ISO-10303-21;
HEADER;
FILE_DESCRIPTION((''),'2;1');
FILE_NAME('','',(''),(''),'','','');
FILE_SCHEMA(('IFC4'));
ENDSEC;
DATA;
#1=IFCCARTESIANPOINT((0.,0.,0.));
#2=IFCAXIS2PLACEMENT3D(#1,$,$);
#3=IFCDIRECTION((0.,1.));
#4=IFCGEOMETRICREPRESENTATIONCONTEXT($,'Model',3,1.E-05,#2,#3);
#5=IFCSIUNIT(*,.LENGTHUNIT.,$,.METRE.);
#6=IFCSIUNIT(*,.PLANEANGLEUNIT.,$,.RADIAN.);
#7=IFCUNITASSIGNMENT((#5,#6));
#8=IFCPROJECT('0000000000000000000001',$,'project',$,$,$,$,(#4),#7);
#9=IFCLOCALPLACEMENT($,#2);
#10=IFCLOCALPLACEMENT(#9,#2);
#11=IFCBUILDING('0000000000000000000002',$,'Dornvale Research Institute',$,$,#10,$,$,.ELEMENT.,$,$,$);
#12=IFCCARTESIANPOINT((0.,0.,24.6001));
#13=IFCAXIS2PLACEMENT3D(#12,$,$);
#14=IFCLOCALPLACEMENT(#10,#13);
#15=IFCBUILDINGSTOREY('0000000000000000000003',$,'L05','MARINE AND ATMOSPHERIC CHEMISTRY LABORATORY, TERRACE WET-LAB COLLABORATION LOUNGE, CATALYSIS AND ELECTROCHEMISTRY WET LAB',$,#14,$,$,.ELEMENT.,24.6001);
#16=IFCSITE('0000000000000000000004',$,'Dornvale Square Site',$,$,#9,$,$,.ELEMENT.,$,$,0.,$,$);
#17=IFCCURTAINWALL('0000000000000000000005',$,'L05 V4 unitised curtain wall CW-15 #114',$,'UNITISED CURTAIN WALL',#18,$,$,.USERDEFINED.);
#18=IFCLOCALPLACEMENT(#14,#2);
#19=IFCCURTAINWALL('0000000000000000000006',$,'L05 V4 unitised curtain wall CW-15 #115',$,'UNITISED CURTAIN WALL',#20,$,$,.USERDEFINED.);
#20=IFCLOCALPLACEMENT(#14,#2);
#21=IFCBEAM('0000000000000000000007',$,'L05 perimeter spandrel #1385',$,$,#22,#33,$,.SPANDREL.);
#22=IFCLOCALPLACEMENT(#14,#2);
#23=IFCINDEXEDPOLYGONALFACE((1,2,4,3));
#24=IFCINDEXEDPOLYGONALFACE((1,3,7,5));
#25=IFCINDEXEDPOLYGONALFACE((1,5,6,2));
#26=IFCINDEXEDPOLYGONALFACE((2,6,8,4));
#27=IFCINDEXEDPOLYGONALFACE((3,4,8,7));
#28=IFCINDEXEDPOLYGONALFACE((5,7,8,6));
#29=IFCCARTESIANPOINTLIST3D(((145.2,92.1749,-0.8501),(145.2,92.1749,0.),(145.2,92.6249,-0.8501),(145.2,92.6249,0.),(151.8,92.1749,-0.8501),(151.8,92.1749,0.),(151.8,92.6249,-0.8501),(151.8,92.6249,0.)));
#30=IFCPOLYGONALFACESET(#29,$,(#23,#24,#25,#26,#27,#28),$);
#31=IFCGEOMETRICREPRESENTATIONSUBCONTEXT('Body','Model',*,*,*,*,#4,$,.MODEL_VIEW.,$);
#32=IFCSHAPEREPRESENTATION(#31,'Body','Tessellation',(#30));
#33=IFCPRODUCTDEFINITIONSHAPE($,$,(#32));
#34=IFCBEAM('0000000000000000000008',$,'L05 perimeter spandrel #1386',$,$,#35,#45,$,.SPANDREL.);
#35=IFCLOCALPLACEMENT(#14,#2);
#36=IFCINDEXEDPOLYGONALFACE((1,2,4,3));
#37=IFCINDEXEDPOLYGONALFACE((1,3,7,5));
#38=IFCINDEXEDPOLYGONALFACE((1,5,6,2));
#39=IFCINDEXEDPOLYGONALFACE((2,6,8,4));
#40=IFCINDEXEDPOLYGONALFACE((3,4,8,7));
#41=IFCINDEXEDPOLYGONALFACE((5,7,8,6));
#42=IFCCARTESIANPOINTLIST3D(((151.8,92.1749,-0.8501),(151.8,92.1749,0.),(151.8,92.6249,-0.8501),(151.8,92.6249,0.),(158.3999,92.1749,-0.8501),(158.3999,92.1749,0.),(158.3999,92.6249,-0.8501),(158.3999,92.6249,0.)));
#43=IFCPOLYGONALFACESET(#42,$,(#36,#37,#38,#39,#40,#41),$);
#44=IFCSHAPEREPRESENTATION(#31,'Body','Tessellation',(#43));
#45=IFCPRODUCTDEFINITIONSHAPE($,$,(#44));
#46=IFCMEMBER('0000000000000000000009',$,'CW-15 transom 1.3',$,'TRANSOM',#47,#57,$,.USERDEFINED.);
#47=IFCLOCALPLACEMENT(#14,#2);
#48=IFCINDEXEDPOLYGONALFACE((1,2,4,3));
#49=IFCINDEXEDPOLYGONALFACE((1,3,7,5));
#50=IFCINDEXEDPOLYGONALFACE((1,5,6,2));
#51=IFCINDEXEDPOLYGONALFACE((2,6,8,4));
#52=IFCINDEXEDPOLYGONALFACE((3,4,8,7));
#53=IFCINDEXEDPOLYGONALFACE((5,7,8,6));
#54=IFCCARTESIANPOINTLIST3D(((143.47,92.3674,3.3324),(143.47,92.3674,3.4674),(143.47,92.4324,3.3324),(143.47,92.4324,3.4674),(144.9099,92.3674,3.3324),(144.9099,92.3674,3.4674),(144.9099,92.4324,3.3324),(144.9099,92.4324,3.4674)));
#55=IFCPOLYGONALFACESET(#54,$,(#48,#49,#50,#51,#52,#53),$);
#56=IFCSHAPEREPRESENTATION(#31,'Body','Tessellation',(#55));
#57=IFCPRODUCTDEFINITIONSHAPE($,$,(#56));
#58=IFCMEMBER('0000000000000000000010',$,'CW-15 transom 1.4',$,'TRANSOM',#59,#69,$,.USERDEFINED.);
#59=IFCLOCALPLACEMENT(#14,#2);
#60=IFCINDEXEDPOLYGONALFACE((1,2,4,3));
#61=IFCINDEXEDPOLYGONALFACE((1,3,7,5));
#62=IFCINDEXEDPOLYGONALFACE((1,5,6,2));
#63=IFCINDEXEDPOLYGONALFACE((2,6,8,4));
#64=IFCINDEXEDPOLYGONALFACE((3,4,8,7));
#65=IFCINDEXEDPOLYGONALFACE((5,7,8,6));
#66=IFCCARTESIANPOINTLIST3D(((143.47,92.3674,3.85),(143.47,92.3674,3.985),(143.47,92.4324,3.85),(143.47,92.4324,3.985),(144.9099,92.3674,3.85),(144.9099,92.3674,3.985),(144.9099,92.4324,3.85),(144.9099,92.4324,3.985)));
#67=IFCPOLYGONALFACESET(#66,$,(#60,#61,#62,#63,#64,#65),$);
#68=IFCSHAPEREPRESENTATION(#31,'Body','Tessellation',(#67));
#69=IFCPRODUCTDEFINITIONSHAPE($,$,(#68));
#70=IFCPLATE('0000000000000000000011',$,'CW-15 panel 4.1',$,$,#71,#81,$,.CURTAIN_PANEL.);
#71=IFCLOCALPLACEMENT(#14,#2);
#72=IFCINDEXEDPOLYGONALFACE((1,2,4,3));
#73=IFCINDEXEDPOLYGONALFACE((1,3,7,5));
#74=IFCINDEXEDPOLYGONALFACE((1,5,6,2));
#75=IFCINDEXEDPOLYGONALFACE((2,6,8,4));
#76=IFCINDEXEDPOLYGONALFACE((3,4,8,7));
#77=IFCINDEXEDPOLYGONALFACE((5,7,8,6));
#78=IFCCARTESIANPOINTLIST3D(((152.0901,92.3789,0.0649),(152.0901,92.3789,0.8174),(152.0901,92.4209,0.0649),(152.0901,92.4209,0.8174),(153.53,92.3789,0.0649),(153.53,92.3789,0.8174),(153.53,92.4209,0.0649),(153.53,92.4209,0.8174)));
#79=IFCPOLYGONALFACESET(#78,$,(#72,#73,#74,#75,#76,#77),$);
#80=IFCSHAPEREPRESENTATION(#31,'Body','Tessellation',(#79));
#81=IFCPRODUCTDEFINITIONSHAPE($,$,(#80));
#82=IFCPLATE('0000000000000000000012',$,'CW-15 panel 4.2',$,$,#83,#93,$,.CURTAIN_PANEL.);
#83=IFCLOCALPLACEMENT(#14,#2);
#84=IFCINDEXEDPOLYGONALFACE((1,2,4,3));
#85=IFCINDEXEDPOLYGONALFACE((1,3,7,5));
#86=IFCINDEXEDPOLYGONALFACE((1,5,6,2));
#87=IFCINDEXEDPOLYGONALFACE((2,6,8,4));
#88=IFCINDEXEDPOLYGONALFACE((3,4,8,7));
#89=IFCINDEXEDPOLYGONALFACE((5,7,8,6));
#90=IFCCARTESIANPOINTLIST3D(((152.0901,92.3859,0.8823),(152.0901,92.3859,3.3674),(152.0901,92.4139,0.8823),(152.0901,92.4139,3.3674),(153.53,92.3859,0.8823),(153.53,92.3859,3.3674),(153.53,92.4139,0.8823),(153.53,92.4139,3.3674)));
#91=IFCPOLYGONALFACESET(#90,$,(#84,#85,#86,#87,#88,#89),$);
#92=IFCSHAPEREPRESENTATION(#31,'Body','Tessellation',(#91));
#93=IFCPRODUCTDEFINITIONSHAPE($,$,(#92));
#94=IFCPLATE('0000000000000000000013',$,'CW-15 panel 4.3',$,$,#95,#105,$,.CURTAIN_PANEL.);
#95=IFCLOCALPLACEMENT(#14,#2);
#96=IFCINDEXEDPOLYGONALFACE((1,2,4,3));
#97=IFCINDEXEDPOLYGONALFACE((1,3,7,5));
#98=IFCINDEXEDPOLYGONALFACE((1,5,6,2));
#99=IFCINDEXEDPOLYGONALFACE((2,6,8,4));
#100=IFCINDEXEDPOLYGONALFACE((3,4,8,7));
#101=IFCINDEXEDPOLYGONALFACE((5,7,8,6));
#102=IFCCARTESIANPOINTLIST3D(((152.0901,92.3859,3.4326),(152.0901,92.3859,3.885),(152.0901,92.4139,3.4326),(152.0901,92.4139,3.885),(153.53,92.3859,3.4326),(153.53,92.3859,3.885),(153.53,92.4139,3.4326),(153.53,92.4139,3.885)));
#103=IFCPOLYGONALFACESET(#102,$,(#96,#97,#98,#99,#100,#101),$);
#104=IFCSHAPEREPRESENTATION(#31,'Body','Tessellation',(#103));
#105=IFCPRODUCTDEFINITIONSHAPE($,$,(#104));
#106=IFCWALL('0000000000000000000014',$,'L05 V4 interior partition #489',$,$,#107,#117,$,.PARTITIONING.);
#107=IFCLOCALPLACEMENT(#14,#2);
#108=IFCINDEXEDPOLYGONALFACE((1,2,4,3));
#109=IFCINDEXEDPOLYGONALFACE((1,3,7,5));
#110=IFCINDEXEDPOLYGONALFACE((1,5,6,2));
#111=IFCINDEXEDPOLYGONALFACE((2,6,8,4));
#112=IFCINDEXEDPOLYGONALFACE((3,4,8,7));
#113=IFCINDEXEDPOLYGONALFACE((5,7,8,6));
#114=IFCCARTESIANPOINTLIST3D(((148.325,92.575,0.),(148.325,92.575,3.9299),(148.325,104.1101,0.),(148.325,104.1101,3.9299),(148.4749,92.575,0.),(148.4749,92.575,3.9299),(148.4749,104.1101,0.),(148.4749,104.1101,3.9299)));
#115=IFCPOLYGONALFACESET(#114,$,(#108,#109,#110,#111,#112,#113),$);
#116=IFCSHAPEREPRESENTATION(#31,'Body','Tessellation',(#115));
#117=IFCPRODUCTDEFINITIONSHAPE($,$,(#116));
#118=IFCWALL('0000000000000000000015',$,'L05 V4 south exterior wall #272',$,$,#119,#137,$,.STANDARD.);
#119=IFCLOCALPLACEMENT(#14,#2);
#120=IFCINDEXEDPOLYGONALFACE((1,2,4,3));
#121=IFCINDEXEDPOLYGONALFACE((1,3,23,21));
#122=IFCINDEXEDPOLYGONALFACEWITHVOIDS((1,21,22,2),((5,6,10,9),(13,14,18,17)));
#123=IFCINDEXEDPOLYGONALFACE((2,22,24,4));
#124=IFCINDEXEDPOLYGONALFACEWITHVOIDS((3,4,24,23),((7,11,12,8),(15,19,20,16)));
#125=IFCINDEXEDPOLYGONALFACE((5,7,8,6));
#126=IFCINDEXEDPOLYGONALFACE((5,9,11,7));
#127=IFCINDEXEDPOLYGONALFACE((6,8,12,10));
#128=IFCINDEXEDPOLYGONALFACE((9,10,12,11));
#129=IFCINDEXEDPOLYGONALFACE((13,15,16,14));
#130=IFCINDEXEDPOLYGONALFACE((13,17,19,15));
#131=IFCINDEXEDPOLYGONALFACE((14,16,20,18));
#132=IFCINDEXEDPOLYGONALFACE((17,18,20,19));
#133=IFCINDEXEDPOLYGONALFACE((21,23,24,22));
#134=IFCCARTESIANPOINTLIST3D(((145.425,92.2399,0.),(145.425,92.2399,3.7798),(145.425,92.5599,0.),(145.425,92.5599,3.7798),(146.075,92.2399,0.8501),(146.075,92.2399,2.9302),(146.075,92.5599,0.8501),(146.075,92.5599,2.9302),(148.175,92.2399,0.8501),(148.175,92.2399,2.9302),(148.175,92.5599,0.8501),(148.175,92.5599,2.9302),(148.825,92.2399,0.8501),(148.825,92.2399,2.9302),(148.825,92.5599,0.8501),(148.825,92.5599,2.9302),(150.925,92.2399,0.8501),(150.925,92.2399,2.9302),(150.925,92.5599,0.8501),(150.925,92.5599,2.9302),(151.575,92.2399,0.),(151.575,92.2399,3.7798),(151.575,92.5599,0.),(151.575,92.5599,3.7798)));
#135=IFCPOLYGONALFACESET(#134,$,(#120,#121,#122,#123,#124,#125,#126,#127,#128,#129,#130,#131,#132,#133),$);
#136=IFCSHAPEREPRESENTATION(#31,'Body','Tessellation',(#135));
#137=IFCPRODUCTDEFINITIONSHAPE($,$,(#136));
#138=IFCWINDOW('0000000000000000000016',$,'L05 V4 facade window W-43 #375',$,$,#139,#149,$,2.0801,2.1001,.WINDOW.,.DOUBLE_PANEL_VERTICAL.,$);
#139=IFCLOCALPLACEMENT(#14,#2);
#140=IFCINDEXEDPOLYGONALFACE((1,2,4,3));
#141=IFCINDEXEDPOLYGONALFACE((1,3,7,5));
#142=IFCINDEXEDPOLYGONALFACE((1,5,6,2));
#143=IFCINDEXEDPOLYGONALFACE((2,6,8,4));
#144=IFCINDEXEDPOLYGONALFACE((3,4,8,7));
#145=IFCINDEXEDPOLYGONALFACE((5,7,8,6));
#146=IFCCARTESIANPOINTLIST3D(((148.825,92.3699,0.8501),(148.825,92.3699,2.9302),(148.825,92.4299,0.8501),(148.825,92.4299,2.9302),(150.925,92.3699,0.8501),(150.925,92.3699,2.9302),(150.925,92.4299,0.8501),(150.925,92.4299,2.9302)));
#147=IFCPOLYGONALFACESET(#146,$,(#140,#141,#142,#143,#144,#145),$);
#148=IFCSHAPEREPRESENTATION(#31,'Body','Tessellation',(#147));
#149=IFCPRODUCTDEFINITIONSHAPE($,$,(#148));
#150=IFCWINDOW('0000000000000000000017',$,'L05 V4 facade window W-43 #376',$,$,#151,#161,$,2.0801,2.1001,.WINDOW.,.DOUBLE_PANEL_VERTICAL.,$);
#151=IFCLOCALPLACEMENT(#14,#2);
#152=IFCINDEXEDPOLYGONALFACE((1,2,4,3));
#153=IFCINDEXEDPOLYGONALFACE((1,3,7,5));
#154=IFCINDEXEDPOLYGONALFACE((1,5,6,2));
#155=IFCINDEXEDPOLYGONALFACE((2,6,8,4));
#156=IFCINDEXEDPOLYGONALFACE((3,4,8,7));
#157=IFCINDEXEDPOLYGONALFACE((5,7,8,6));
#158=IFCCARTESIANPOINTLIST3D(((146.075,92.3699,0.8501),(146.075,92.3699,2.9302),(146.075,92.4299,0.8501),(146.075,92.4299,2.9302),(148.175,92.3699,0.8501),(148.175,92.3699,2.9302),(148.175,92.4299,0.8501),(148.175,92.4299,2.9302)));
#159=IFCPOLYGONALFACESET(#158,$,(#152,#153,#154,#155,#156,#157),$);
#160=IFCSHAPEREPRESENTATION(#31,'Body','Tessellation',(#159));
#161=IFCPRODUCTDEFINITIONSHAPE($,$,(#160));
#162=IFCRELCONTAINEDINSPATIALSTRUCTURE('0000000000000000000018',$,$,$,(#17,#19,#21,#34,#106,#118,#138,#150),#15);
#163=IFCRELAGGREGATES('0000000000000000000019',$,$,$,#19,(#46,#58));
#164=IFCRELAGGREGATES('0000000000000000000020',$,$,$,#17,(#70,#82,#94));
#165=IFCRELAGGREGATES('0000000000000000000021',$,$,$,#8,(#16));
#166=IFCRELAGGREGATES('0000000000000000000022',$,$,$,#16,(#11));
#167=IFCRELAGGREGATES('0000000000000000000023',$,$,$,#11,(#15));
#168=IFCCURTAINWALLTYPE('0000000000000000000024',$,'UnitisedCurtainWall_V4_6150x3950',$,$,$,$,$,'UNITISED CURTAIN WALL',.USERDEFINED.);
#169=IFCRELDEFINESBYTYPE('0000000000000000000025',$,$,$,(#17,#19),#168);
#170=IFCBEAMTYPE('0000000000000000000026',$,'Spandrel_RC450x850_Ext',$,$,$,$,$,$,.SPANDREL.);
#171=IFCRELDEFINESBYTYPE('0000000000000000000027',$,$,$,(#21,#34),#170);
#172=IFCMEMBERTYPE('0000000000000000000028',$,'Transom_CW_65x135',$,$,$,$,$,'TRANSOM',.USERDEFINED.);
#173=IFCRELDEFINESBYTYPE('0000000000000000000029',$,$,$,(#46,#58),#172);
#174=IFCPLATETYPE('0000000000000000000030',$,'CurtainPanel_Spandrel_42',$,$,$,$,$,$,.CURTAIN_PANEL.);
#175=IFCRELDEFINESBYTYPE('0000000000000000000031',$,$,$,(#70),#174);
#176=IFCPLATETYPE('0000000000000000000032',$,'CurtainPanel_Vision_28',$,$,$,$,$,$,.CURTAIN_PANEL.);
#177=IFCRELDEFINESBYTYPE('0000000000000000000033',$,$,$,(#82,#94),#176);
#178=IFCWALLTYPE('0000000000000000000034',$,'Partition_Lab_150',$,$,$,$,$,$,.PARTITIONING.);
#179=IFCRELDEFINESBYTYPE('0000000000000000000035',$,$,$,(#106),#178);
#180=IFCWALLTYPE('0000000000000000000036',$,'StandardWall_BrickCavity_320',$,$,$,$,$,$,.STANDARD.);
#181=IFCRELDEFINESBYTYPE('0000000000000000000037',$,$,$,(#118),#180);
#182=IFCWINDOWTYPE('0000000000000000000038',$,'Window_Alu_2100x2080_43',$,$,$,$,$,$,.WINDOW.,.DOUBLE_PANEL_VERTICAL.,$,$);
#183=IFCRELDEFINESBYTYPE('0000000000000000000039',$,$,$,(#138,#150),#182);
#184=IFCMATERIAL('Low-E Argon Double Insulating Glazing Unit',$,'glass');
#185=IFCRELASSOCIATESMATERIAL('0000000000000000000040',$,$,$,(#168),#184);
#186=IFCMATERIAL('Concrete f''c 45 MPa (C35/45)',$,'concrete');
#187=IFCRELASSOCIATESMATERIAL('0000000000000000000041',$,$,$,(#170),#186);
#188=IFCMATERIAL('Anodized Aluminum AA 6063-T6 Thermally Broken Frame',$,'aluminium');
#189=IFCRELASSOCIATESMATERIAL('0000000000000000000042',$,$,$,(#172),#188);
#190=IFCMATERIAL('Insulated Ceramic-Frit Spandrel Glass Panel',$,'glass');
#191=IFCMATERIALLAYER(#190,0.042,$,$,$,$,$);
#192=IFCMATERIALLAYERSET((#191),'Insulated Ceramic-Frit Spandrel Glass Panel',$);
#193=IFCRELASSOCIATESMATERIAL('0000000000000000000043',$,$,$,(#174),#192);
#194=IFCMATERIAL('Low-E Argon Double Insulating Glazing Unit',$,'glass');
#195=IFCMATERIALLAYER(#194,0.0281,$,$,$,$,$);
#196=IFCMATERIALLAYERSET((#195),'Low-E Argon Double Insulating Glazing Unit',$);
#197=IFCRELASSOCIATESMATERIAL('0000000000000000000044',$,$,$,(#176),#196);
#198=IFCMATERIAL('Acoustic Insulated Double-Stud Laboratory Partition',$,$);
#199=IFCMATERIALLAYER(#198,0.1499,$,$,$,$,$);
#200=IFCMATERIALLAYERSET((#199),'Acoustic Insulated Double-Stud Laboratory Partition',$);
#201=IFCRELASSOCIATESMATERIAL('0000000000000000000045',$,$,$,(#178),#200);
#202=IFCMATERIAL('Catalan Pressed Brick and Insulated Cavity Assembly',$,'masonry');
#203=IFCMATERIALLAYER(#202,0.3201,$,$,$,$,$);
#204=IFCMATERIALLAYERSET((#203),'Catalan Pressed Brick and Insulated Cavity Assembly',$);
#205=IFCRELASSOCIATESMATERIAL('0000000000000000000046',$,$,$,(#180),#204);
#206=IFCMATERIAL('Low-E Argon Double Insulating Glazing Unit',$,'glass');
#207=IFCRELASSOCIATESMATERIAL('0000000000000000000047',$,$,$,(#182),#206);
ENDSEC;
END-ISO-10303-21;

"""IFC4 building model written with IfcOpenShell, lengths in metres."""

from ifc_helpers import new_model, si_unit, direction, frame, frame_2d, origin, origin_2d, place, context, subcontext, project, spatial, rectangle, extrude, material, layer, layer_set, material_profile, profile_set, type_object, element, fill, aggregate, save


model = new_model("IFC4")

# Units and contexts
model_context = context("Model", 3, precision=1e-05, world=origin(), true_north=direction((0.0, 1.0)))
body_context = subcontext(model_context, "Body", "Model", "MODEL_VIEW")
ifc_project = project(units=[si_unit("LENGTHUNIT", "METRE"), si_unit("PLANEANGLEUNIT", "RADIAN")], contexts=[model_context])

# Site, building, storey
site_placement = place(None, origin())
site = spatial("IfcSite", under=ifc_project, at=site_placement, Name="Dornvale Square Site", CompositionType="ELEMENT", RefElevation=0.0)
building_placement = place(site_placement, origin())
building = spatial("IfcBuilding", under=site, at=building_placement, Name="Dornvale Research Institute", CompositionType="ELEMENT")
storey_placement = place(building_placement, frame((0.0, 0.0, 24.6001)))
storey = spatial("IfcBuildingStorey", under=building, at=storey_placement, Name="L05", Description="MARINE AND ATMOSPHERIC CHEMISTRY LABORATORY, TERRACE WET-LAB COLLABORATION LOUNGE, CATALYSIS AND ELECTROCHEMISTRY WET LAB", CompositionType="ELEMENT", Elevation=24.6001)

# Curtain walls
ifc_material_1 = material(Name="Low-E Argon Double Insulating Glazing Unit", Category="glass")
curtain_wall_type = type_object("IfcCurtainWallType", Name="UnitisedCurtainWall_V4_6150x3950", ElementType="UNITISED CURTAIN WALL", PredefinedType="USERDEFINED", material=ifc_material_1)
curtain_wall_1_placement = place(storey_placement, origin())
curtain_wall_1 = element("IfcCurtainWall", 1, at=curtain_wall_1_placement, inside=storey, type_object=curtain_wall_type, Name="L05 V4 unitised curtain wall CW-15 #114", ObjectType="UNITISED CURTAIN WALL", PredefinedType="USERDEFINED")
curtain_wall_2_placement = place(storey_placement, origin())
curtain_wall_2 = element("IfcCurtainWall", 2, at=curtain_wall_2_placement, inside=storey, type_object=curtain_wall_type, Name="L05 V4 unitised curtain wall CW-15 #115", ObjectType="UNITISED CURTAIN WALL", PredefinedType="USERDEFINED")

# Beams
ifc_material_2 = material(Name="Concrete f'c 45 MPa (C35/45)", Category="concrete")
ifc_material_profile_1 = material_profile(ifc_material_2, rectangle(XDim=0.45, YDim=0.8501, at=origin_2d()), Name="RC 450x850")
ifc_profile_set_1 = profile_set([ifc_material_profile_1], Name="Concrete f'c 45 MPa (C35/45)")
beam_type_1 = type_object("IfcBeamType", Name="Spandrel_RC450x850_Ext", PredefinedType="SPANDREL", material=ifc_profile_set_1)
beam_1_placement = place(storey_placement, frame((145.2, 92.3999, -0.425), z_axis=(1.0, 0.0, 0.0), x_axis=(0.0, 1.0, 0.0)))
element("IfcBeam", 3, at=beam_1_placement, inside=storey, type_object=beam_type_1, Name="L05 perimeter spandrel #1385", PredefinedType="SPANDREL", context=body_context, shape_type="SweptSolid", body=[
    extrude(rectangle(XDim=0.45, YDim=0.8501, at=origin_2d()), origin(), (0.0, 0.0, 1.0), 6.6001),
])
beam_2_placement = place(storey_placement, frame((151.8, 92.3999, -0.425), z_axis=(1.0, 0.0, 0.0), x_axis=(0.0, 1.0, 0.0)))
element("IfcBeam", 4, at=beam_2_placement, inside=storey, type_object=beam_type_1, Name="L05 perimeter spandrel #1386", PredefinedType="SPANDREL", context=body_context, shape_type="SweptSolid", body=[
    extrude(rectangle(XDim=0.45, YDim=0.8501, at=origin_2d()), origin(), (0.0, 0.0, 1.0), 6.5999),
])

# Members
ifc_material_3 = material(Name="Anodized Aluminum AA 6063-T6 Thermally Broken Frame", Category="aluminium")
ifc_material_profile_2 = material_profile(ifc_material_3, rectangle(XDim=0.0649, YDim=0.135, at=origin_2d()), Name="ALU TRANSOM 65x135")
ifc_profile_set_2 = profile_set([ifc_material_profile_2], Name="Anodized Aluminum AA 6063-T6 Thermally Broken Frame")
member_type_1 = type_object("IfcMemberType", Name="Transom_CW_65x135", ElementType="TRANSOM", PredefinedType="USERDEFINED", material=ifc_profile_set_2)
member_1_placement = place(storey_placement, frame((144.9099, 92.3999, 3.3999), z_axis=(-1.0, 0.0, 0.0), x_axis=(0.0, -1.0, 0.0)))
member_1 = element("IfcMember", 5, at=member_1_placement, type_object=member_type_1, Name="CW-15 transom 1.3", ObjectType="TRANSOM", PredefinedType="USERDEFINED", context=body_context, shape_type="SweptSolid", body=[
    extrude(rectangle(XDim=0.0649, YDim=0.135, at=origin_2d()), origin(), (0.0, 0.0, 1.0), 1.4399),
])
member_2_placement = place(storey_placement, frame((144.9099, 92.3999, 3.9175), z_axis=(-1.0, 0.0, 0.0), x_axis=(0.0, -1.0, 0.0)))
member_2 = element("IfcMember", 6, at=member_2_placement, type_object=member_type_1, Name="CW-15 transom 1.4", ObjectType="TRANSOM", PredefinedType="USERDEFINED", context=body_context, shape_type="SweptSolid", body=[
    extrude(rectangle(XDim=0.0649, YDim=0.135, at=origin_2d()), origin(), (0.0, 0.0, 1.0), 1.4399),
])
aggregate(curtain_wall_2, [member_1, member_2])

# Plates
ifc_material_4 = material(Name="Insulated Ceramic-Frit Spandrel Glass Panel", Category="glass")
ifc_layer_1 = layer(ifc_material_4, 0.042)
ifc_layer_set_1 = layer_set([ifc_layer_1], Name="Insulated Ceramic-Frit Spandrel Glass Panel")
plate_type_1 = type_object("IfcPlateType", Name="CurtainPanel_Spandrel_42", PredefinedType="CURTAIN_PANEL", material=ifc_layer_set_1)
plate_1_placement = place(storey_placement, frame((152.8101, 92.3999, 0.0649), z_axis=(0.0, 0.0, 1.0), x_axis=(-1.0, 0.0, 0.0)))
plate_1 = element("IfcPlate", 7, at=plate_1_placement, type_object=plate_type_1, Name="CW-15 panel 4.1", PredefinedType="CURTAIN_PANEL", context=body_context, shape_type="SweptSolid", body=[
    extrude(rectangle(XDim=1.4399, YDim=0.042, at=origin_2d()), origin(), (0.0, 0.0, 1.0), 0.7524),
])
ifc_material_5 = material(Name="Low-E Argon Double Insulating Glazing Unit", Category="glass")
ifc_layer_2 = layer(ifc_material_5, 0.0281)
ifc_layer_set_2 = layer_set([ifc_layer_2], Name="Low-E Argon Double Insulating Glazing Unit")
plate_type_2 = type_object("IfcPlateType", Name="CurtainPanel_Vision_28", PredefinedType="CURTAIN_PANEL", material=ifc_layer_set_2)
plate_2_placement = place(storey_placement, frame((152.8101, 92.3999, 0.8823), z_axis=(0.0, 0.0, 1.0), x_axis=(-1.0, 0.0, 0.0)))
plate_2 = element("IfcPlate", 8, at=plate_2_placement, type_object=plate_type_2, Name="CW-15 panel 4.2", PredefinedType="CURTAIN_PANEL", context=body_context, shape_type="SweptSolid", body=[
    extrude(rectangle(XDim=1.4399, YDim=0.0281, at=origin_2d()), origin(), (0.0, 0.0, 1.0), 2.4851),
])
plate_3_placement = place(storey_placement, frame((152.8101, 92.3999, 3.4326), z_axis=(0.0, 0.0, 1.0), x_axis=(-1.0, 0.0, 0.0)))
plate_3 = element("IfcPlate", 9, at=plate_3_placement, type_object=plate_type_2, Name="CW-15 panel 4.3", PredefinedType="CURTAIN_PANEL", context=body_context, shape_type="SweptSolid", body=[
    extrude(rectangle(XDim=1.4399, YDim=0.0281, at=origin_2d()), origin(), (0.0, 0.0, 1.0), 0.4524),
])
aggregate(curtain_wall_1, [plate_1, plate_2, plate_3])

# Wall
ifc_material_6 = material(Name="Acoustic Insulated Double-Stud Laboratory Partition")
ifc_layer_3 = layer(ifc_material_6, 0.1499)
ifc_layer_set_3 = layer_set([ifc_layer_3], Name="Acoustic Insulated Double-Stud Laboratory Partition")
wall_type_1 = type_object("IfcWallType", Name="Partition_Lab_150", PredefinedType="PARTITIONING", material=ifc_layer_set_3)
wall_1_placement = place(storey_placement, frame((148.3999, 92.575, 0.0), z_axis=(0.0, 0.0, 1.0), x_axis=(0.0, 1.0, 0.0)))
element("IfcWall", 10, at=wall_1_placement, inside=storey, type_object=wall_type_1, Name="L05 V4 interior partition #489", PredefinedType="PARTITIONING", context=body_context, shape_type="SweptSolid", body=[
    extrude(rectangle(XDim=11.5352, YDim=0.1499, at=frame_2d((5.7676, 0.0))), origin(), (0.0, 0.0, 1.0), 3.9299),
])

# Wall, openings, windows
ifc_material_7 = material(Name="Catalan Pressed Brick and Insulated Cavity Assembly", Category="masonry")
ifc_layer_4 = layer(ifc_material_7, 0.3201)
ifc_layer_set_4 = layer_set([ifc_layer_4], Name="Catalan Pressed Brick and Insulated Cavity Assembly")
wall_type_2 = type_object("IfcWallType", Name="StandardWall_BrickCavity_320", PredefinedType="STANDARD", material=ifc_layer_set_4)
wall_2_placement = place(storey_placement, frame((151.575, 92.3999, 0.0), z_axis=(0.0, 0.0, 1.0), x_axis=(-1.0, 0.0, 0.0)))
wall_2 = element("IfcWall", 11, at=wall_2_placement, inside=storey, type_object=wall_type_2, Name="L05 V4 south exterior wall #272", PredefinedType="STANDARD", context=body_context, shape_type="SweptSolid", body=[
    extrude(rectangle(XDim=6.1499, YDim=0.3201, at=frame_2d((3.075, 0.0))), origin(), (0.0, 0.0, 1.0), 3.7798),
])
opening_1_placement = place(wall_2_placement, frame((0.6499, 0.0, 0.8501)))
opening_1 = element("IfcOpeningElement", 12, at=opening_1_placement, cuts=wall_2, PredefinedType="OPENING", context=body_context, shape_type="SweptSolid", body=[
    extrude(rectangle(XDim=2.1001, YDim=2.0801, at=frame_2d((1.05, 1.04))), frame((0.0, 0.175, 0.0), z_axis=(0.0, -1.0, 0.0), x_axis=(1.0, 0.0, 0.0)), (0.0, 0.0, 1.0), 0.3501),
])
opening_2_placement = place(wall_2_placement, frame((3.3999, 0.0, 0.8501)))
opening_2 = element("IfcOpeningElement", 13, at=opening_2_placement, cuts=wall_2, PredefinedType="OPENING", context=body_context, shape_type="SweptSolid", body=[
    extrude(rectangle(XDim=2.1001, YDim=2.0801, at=frame_2d((1.05, 1.04))), frame((0.0, 0.175, 0.0), z_axis=(0.0, -1.0, 0.0), x_axis=(1.0, 0.0, 0.0)), (0.0, 0.0, 1.0), 0.3501),
])
ifc_material_8 = material(Name="Low-E Argon Double Insulating Glazing Unit", Category="glass")
window_type = type_object("IfcWindowType", Name="Window_Alu_2100x2080_43", PartitioningType="DOUBLE_PANEL_VERTICAL", PredefinedType="WINDOW", material=ifc_material_8)
window_1_placement = place(opening_1_placement, origin())
window_1 = element("IfcWindow", 14, at=window_1_placement, inside=storey, type_object=window_type, Name="L05 V4 facade window W-43 #375", OverallHeight=2.0801, OverallWidth=2.1001, PartitioningType="DOUBLE_PANEL_VERTICAL", PredefinedType="WINDOW", context=body_context, shape_type="SweptSolid", body=[
    extrude(rectangle(XDim=2.1001, YDim=2.0801, at=frame_2d((1.05, 1.04))), frame((0.0, 0.03, 0.0), z_axis=(0.0, -1.0, 0.0), x_axis=(1.0, 0.0, 0.0)), (0.0, 0.0, 1.0), 0.0601),
])
fill(opening_1, window_1)
window_2_placement = place(opening_2_placement, origin())
window_2 = element("IfcWindow", 15, at=window_2_placement, inside=storey, type_object=window_type, Name="L05 V4 facade window W-43 #376", OverallHeight=2.0801, OverallWidth=2.1001, PartitioningType="DOUBLE_PANEL_VERTICAL", PredefinedType="WINDOW", context=body_context, shape_type="SweptSolid", body=[
    extrude(rectangle(XDim=2.1001, YDim=2.0801, at=frame_2d((1.05, 1.04))), frame((0.0, 0.03, 0.0), z_axis=(0.0, -1.0, 0.0), x_axis=(1.0, 0.0, 0.0)), (0.0, 0.0, 1.0), 0.0601),
])
fill(opening_2, window_2)

save(model, "model.ifc")
